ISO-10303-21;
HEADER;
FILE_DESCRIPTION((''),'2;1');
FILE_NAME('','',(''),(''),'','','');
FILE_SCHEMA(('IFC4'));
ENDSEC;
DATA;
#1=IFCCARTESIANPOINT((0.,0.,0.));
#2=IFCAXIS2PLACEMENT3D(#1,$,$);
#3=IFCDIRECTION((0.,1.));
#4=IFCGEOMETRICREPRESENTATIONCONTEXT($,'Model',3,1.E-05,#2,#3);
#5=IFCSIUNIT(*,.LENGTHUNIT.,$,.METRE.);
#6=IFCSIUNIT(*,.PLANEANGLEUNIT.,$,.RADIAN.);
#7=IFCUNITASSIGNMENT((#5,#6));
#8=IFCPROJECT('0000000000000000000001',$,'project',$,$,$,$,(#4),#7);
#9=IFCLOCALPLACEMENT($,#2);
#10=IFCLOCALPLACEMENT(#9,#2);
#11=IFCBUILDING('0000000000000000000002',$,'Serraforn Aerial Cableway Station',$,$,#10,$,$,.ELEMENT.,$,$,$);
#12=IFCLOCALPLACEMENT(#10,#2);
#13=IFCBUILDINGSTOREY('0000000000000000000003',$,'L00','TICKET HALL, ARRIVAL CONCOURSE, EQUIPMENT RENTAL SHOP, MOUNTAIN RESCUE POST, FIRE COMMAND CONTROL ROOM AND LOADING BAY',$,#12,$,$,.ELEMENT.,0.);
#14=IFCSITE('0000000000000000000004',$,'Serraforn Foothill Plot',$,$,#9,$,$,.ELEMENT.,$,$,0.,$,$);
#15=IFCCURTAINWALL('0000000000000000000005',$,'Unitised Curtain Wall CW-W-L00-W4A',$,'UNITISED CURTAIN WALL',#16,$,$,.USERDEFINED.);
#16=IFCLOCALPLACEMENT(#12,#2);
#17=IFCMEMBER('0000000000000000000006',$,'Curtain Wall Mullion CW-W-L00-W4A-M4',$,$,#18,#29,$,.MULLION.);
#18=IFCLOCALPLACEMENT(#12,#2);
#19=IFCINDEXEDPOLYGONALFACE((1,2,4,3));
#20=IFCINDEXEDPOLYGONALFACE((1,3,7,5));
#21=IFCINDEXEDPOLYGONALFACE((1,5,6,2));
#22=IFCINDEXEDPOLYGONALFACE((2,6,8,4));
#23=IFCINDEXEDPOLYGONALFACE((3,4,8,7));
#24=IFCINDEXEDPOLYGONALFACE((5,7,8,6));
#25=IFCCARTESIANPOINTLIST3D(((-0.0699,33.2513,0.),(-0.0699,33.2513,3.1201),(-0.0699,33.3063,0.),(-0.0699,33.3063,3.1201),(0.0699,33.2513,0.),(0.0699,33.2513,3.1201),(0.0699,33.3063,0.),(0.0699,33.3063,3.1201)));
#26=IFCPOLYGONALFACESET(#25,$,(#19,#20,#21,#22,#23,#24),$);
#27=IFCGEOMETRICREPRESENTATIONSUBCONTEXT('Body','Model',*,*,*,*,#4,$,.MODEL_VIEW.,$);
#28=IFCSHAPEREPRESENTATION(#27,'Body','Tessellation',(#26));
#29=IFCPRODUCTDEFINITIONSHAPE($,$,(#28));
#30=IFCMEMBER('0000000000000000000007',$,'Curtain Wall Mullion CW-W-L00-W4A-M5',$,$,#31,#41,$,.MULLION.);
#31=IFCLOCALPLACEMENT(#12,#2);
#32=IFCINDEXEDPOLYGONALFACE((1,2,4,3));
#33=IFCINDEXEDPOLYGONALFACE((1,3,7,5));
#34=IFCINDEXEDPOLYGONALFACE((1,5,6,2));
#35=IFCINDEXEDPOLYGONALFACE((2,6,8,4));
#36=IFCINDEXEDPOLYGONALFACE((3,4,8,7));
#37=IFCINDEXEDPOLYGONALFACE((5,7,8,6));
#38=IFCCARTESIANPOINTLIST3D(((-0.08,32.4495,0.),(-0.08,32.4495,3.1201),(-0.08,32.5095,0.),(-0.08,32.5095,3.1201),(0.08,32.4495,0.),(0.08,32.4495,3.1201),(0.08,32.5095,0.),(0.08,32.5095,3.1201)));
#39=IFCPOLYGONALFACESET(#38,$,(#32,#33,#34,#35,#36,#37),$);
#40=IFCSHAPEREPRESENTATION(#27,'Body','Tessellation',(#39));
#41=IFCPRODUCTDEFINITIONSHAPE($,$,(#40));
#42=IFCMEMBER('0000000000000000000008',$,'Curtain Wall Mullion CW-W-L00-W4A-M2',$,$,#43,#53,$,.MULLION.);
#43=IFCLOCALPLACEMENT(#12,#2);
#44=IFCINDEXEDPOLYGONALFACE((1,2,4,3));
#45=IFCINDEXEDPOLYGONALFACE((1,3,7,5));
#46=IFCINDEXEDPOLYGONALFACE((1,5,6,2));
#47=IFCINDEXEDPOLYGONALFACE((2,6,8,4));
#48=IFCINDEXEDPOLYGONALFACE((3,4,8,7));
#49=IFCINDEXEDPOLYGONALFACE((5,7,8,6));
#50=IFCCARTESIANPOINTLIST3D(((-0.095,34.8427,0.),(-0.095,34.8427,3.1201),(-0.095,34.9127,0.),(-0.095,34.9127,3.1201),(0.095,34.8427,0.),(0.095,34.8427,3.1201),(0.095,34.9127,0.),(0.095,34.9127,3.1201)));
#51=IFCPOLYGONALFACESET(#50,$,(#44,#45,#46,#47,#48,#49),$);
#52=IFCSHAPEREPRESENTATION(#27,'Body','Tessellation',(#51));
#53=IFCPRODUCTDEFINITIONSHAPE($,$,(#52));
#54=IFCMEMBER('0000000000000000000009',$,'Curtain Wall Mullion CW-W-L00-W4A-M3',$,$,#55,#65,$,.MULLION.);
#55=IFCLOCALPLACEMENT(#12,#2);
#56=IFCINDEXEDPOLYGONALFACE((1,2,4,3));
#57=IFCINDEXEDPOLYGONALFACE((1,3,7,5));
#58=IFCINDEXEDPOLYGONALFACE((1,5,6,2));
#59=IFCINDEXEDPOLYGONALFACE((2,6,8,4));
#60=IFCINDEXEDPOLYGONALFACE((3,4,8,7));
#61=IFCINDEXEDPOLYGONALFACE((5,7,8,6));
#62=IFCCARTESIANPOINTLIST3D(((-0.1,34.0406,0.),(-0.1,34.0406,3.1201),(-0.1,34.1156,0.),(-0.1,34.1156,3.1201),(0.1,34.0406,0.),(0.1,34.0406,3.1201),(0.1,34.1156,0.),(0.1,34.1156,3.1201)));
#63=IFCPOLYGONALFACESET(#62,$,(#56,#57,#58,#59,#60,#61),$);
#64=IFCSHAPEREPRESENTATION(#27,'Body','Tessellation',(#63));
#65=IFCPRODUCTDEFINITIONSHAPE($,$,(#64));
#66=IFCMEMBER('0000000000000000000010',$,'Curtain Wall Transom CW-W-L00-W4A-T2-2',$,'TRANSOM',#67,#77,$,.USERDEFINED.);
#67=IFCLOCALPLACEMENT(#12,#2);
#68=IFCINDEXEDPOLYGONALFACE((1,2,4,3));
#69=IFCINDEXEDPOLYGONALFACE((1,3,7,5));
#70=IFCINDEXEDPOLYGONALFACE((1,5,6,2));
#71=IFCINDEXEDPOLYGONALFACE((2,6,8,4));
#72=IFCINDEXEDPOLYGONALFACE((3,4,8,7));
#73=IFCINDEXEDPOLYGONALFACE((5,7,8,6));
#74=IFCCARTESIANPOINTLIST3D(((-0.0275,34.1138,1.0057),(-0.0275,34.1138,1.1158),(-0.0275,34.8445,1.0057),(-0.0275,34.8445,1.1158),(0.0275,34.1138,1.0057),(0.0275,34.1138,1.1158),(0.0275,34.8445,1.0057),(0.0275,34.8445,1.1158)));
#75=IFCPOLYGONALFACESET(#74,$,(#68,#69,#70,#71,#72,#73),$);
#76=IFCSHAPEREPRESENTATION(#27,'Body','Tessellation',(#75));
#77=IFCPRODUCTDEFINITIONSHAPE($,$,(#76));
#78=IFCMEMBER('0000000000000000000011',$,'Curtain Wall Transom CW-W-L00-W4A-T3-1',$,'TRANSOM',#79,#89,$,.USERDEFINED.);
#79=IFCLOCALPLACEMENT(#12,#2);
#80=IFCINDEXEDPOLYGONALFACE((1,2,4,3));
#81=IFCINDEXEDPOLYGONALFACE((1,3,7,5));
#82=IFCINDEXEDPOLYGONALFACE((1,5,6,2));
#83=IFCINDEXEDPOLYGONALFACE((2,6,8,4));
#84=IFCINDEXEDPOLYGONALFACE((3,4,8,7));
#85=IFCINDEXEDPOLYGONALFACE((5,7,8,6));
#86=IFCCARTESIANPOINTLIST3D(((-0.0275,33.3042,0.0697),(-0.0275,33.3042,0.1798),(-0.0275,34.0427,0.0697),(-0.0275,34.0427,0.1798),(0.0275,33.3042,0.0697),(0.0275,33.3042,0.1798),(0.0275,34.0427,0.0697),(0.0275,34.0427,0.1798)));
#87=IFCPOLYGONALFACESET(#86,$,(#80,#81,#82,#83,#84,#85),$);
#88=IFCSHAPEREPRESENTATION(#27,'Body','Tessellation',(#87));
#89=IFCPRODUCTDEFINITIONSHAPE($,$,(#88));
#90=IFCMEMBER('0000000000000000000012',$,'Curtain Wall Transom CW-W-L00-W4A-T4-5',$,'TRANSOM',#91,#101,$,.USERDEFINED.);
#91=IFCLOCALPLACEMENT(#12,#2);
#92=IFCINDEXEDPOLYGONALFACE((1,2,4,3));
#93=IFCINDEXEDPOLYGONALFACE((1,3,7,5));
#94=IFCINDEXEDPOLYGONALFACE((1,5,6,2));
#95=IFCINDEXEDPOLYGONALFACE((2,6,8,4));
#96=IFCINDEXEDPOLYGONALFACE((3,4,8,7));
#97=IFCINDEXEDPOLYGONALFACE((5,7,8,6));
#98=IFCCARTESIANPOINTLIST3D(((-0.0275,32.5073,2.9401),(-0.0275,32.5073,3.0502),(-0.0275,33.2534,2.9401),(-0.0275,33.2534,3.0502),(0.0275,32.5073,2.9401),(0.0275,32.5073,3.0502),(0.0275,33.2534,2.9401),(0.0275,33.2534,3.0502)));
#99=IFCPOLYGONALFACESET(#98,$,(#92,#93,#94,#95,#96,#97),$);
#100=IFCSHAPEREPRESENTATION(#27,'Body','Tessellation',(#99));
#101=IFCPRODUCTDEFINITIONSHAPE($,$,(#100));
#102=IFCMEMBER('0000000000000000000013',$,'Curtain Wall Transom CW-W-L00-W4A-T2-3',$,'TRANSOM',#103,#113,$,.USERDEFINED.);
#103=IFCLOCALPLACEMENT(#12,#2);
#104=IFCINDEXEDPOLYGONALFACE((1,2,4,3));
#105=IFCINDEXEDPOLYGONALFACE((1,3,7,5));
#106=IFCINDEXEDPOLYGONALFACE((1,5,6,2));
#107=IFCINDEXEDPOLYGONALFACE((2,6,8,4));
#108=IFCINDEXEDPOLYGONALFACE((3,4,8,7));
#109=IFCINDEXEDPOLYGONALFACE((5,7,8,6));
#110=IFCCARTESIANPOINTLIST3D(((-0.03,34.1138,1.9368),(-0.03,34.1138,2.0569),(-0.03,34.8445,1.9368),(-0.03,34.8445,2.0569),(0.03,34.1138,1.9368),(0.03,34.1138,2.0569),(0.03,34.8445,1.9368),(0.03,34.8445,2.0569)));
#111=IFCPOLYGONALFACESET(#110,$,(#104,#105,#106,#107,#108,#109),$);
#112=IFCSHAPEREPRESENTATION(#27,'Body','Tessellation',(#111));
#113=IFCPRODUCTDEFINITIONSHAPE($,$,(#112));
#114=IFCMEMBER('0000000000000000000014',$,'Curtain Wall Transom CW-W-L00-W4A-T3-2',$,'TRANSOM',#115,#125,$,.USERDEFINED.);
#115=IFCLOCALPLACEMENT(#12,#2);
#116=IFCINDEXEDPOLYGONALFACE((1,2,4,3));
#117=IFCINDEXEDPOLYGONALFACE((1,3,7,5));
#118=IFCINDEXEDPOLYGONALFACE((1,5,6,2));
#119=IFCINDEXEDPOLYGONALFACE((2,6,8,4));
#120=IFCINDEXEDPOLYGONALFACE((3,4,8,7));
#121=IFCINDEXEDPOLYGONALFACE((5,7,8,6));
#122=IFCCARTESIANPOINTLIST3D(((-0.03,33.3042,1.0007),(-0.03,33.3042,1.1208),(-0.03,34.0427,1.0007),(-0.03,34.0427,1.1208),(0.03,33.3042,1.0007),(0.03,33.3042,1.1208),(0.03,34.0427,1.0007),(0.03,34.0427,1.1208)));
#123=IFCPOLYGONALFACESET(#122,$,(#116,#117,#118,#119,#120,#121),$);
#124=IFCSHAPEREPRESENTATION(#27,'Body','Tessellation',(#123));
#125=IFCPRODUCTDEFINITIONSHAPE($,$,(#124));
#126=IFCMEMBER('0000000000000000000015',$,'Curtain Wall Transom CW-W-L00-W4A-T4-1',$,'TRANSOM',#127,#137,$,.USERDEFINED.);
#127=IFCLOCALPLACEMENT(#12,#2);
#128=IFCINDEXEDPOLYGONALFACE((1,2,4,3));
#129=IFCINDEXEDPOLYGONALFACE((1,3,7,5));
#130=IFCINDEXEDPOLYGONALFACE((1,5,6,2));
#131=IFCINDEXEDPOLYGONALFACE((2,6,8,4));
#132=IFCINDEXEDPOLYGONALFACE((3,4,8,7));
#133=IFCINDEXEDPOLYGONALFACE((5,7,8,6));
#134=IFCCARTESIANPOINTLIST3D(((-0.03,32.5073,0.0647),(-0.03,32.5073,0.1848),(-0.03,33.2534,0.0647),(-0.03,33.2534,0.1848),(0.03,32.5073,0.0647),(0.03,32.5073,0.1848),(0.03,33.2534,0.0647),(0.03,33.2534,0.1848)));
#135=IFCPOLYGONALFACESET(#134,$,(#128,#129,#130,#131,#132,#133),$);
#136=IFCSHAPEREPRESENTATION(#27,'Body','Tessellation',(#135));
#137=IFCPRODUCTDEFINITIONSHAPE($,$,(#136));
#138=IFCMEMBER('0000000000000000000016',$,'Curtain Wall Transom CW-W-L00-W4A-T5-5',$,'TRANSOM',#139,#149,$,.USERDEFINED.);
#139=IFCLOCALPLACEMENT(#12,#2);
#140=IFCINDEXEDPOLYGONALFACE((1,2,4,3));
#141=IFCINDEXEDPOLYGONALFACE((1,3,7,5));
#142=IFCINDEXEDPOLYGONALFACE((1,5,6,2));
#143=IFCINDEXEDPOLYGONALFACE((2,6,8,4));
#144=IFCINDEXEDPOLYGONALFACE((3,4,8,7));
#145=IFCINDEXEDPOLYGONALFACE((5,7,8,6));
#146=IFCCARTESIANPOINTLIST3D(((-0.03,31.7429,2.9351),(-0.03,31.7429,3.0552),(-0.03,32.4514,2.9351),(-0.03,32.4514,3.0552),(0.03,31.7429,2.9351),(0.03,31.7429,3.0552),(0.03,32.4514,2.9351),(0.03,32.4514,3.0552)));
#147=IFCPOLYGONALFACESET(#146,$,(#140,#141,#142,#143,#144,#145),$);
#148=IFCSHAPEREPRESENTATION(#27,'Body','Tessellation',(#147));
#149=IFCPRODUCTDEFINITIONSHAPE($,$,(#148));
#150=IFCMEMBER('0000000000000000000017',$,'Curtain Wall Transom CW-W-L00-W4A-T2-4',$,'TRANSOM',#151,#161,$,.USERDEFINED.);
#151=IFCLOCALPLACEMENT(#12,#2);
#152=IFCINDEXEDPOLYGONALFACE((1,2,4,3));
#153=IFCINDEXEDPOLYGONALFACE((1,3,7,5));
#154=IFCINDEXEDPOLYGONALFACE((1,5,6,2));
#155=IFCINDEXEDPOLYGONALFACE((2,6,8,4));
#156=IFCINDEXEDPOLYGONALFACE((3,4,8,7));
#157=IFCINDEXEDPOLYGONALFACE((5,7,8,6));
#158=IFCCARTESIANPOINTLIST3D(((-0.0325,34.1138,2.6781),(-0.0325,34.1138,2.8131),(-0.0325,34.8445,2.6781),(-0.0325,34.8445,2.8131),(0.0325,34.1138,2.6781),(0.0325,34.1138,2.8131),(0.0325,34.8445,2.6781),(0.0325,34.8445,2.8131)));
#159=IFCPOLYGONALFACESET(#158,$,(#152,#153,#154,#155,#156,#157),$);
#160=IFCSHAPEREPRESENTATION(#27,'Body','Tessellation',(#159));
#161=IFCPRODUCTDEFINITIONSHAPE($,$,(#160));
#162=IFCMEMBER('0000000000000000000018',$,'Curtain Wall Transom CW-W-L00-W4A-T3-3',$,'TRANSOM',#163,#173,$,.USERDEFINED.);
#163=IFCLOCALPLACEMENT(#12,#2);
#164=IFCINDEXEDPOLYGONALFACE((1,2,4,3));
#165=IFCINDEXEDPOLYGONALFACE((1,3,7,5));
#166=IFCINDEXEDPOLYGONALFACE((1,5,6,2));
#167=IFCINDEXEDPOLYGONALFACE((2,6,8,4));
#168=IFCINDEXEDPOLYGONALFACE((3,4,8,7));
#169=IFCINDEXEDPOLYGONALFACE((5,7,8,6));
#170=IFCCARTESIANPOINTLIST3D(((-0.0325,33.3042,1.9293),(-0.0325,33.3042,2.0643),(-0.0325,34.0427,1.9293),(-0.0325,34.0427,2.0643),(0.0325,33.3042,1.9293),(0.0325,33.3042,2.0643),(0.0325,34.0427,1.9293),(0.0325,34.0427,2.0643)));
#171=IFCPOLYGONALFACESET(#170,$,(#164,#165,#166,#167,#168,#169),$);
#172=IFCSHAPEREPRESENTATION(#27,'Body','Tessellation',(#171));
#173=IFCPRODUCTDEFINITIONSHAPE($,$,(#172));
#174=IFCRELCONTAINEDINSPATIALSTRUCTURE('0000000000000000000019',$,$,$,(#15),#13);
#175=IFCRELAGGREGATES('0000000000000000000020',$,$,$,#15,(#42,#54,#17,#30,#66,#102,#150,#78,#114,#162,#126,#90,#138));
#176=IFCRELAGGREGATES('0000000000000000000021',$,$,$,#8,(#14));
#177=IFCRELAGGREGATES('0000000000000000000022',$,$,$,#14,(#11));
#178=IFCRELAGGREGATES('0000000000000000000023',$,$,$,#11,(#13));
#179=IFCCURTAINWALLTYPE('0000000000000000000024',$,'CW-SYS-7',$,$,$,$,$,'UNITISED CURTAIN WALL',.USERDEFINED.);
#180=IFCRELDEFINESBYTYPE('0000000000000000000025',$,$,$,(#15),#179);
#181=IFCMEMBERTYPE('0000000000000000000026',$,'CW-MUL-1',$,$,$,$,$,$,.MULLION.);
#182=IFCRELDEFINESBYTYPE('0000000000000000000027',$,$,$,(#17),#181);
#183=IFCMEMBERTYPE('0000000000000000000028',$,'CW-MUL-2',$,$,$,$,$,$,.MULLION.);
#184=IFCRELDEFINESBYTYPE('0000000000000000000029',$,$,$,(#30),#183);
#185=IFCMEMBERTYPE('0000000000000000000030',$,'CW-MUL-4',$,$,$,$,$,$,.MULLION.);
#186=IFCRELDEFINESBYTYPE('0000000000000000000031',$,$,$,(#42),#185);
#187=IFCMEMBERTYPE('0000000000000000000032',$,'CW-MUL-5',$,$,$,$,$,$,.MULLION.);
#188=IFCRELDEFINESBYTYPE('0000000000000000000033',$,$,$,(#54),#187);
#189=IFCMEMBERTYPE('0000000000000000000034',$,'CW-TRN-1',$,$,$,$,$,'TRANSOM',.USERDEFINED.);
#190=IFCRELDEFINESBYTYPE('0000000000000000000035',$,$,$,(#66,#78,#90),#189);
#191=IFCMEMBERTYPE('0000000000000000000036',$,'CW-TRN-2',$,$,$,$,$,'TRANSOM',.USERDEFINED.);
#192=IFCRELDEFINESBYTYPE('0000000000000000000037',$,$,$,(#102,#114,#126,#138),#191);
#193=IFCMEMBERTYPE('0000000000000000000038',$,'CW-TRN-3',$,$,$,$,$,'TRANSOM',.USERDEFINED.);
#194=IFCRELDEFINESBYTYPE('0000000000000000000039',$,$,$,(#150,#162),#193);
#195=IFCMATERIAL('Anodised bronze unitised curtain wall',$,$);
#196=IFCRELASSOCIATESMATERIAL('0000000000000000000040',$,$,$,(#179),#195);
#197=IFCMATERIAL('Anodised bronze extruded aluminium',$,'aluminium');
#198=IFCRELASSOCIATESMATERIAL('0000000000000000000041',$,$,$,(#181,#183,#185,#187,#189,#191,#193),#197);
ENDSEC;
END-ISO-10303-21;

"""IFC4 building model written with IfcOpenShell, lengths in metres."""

from ifc_helpers import new_model, si_unit, direction, frame, origin, origin_2d, place, context, subcontext, project, spatial, rectangle, extrude, material, material_profile, profile_set, type_object, element, aggregate, save


model = new_model("IFC4")

# Units and contexts
model_context = context("Model", 3, precision=1e-05, world=origin(), true_north=direction((0.0, 1.0)))
body_context = subcontext(model_context, "Body", "Model", "MODEL_VIEW")
ifc_project = project(units=[si_unit("LENGTHUNIT", "METRE"), si_unit("PLANEANGLEUNIT", "RADIAN")], contexts=[model_context])

# Site, building, storey
site_placement = place(None, origin())
site = spatial("IfcSite", under=ifc_project, at=site_placement, Name="Serraforn Foothill Plot", CompositionType="ELEMENT", RefElevation=0.0)
building_placement = place(site_placement, origin())
building = spatial("IfcBuilding", under=site, at=building_placement, Name="Serraforn Aerial Cableway Station", CompositionType="ELEMENT")
storey_placement = place(building_placement, origin())
storey = spatial("IfcBuildingStorey", under=building, at=storey_placement, Name="L00", Description="TICKET HALL, ARRIVAL CONCOURSE, EQUIPMENT RENTAL SHOP, MOUNTAIN RESCUE POST, FIRE COMMAND CONTROL ROOM AND LOADING BAY", CompositionType="ELEMENT", Elevation=0.0)

# Curtain wall, members
ifc_material_1 = material(Name="Anodised bronze unitised curtain wall")
curtain_wall_type = type_object("IfcCurtainWallType", Name="CW-SYS-7", ElementType="UNITISED CURTAIN WALL", PredefinedType="USERDEFINED", material=ifc_material_1)
curtain_wall_placement = place(storey_placement, origin())
curtain_wall = element("IfcCurtainWall", 1, at=curtain_wall_placement, inside=storey, type_object=curtain_wall_type, Name="Unitised Curtain Wall CW-W-L00-W4A", ObjectType="UNITISED CURTAIN WALL", PredefinedType="USERDEFINED")
ifc_material_2 = material(Name="Anodised bronze extruded aluminium", Category="aluminium")
ifc_material_profile_1 = material_profile(ifc_material_2, rectangle(XDim=0.0549, YDim=0.1399, at=origin_2d()), Name="CW MULLION 55x140")
ifc_profile_set_1 = profile_set([ifc_material_profile_1], Name="Anodised bronze extruded aluminium")
member_type_1 = type_object("IfcMemberType", Name="CW-MUL-1", PredefinedType="MULLION", material=ifc_profile_set_1)
member_1_placement = place(storey_placement, frame((0.0, 33.2788, 0.0), z_axis=(0.0, 0.0, 1.0), x_axis=(0.0, -1.0, 0.0)))
member_1 = element("IfcMember", 2, at=member_1_placement, type_object=member_type_1, Name="Curtain Wall Mullion CW-W-L00-W4A-M4", PredefinedType="MULLION", context=body_context, shape_type="SweptSolid", body=[
    extrude(rectangle(XDim=0.0549, YDim=0.1399, at=origin_2d()), origin(), (0.0, 0.0, 1.0), 3.1201),
])
ifc_material_profile_2 = material_profile(ifc_material_2, rectangle(XDim=0.0601, YDim=0.1599, at=origin_2d()), Name="CW MULLION 60x160")
ifc_profile_set_2 = profile_set([ifc_material_profile_2], Name="Anodised bronze extruded aluminium")
member_type_2 = type_object("IfcMemberType", Name="CW-MUL-2", PredefinedType="MULLION", material=ifc_profile_set_2)
member_2_placement = place(storey_placement, frame((0.0, 32.4795, 0.0), z_axis=(0.0, 0.0, 1.0), x_axis=(0.0, -1.0, 0.0)))
member_2 = element("IfcMember", 3, at=member_2_placement, type_object=member_type_2, Name="Curtain Wall Mullion CW-W-L00-W4A-M5", PredefinedType="MULLION", context=body_context, shape_type="SweptSolid", body=[
    extrude(rectangle(XDim=0.0601, YDim=0.1599, at=origin_2d()), origin(), (0.0, 0.0, 1.0), 3.1201),
])
ifc_material_profile_3 = material_profile(ifc_material_2, rectangle(XDim=0.0701, YDim=0.1899, at=origin_2d()), Name="CW MULLION 70x190")
ifc_profile_set_3 = profile_set([ifc_material_profile_3], Name="Anodised bronze extruded aluminium")
member_type_3 = type_object("IfcMemberType", Name="CW-MUL-4", PredefinedType="MULLION", material=ifc_profile_set_3)
member_3_placement = place(storey_placement, frame((0.0, 34.8777, 0.0), z_axis=(0.0, 0.0, 1.0), x_axis=(0.0, -1.0, 0.0)))
member_3 = element("IfcMember", 4, at=member_3_placement, type_object=member_type_3, Name="Curtain Wall Mullion CW-W-L00-W4A-M2", PredefinedType="MULLION", context=body_context, shape_type="SweptSolid", body=[
    extrude(rectangle(XDim=0.0701, YDim=0.1899, at=origin_2d()), origin(), (0.0, 0.0, 1.0), 3.1201),
])
ifc_material_profile_4 = material_profile(ifc_material_2, rectangle(XDim=0.075, YDim=0.2, at=origin_2d()), Name="CW MULLION 75x200")
ifc_profile_set_4 = profile_set([ifc_material_profile_4], Name="Anodised bronze extruded aluminium")
member_type_4 = type_object("IfcMemberType", Name="CW-MUL-5", PredefinedType="MULLION", material=ifc_profile_set_4)
member_4_placement = place(storey_placement, frame((0.0, 34.0781, 0.0), z_axis=(0.0, 0.0, 1.0), x_axis=(0.0, -1.0, 0.0)))
member_4 = element("IfcMember", 5, at=member_4_placement, type_object=member_type_4, Name="Curtain Wall Mullion CW-W-L00-W4A-M3", PredefinedType="MULLION", context=body_context, shape_type="SweptSolid", body=[
    extrude(rectangle(XDim=0.075, YDim=0.2, at=origin_2d()), origin(), (0.0, 0.0, 1.0), 3.1201),
])
ifc_material_profile_5 = material_profile(ifc_material_2, rectangle(XDim=0.0549, YDim=0.1101, at=origin_2d()), Name="CW TRANSOM 55x110")
ifc_profile_set_5 = profile_set([ifc_material_profile_5], Name="Anodised bronze extruded aluminium")
member_type_5 = type_object("IfcMemberType", Name="CW-TRN-1", ElementType="TRANSOM", PredefinedType="USERDEFINED", material=ifc_profile_set_5)
member_5_placement = place(storey_placement, frame((0.0, 34.8445, 1.0608), z_axis=(0.0, -1.0, 0.0), x_axis=(1.0, 0.0, 0.0)))
member_5 = element("IfcMember", 6, at=member_5_placement, type_object=member_type_5, Name="Curtain Wall Transom CW-W-L00-W4A-T2-2", ObjectType="TRANSOM", PredefinedType="USERDEFINED", context=body_context, shape_type="SweptSolid", body=[
    extrude(rectangle(XDim=0.0549, YDim=0.1101, at=origin_2d()), origin(), (0.0, 0.0, 1.0), 0.7307),
])
member_6_placement = place(storey_placement, frame((0.0, 34.0427, 0.1248), z_axis=(0.0, -1.0, 0.0), x_axis=(1.0, 0.0, 0.0)))
member_6 = element("IfcMember", 7, at=member_6_placement, type_object=member_type_5, Name="Curtain Wall Transom CW-W-L00-W4A-T3-1", ObjectType="TRANSOM", PredefinedType="USERDEFINED", context=body_context, shape_type="SweptSolid", body=[
    extrude(rectangle(XDim=0.0549, YDim=0.1101, at=origin_2d()), origin(), (0.0, 0.0, 1.0), 0.7385),
])
member_7_placement = place(storey_placement, frame((0.0, 33.2534, 2.9951), z_axis=(0.0, -1.0, 0.0), x_axis=(1.0, 0.0, 0.0)))
member_7 = element("IfcMember", 8, at=member_7_placement, type_object=member_type_5, Name="Curtain Wall Transom CW-W-L00-W4A-T4-5", ObjectType="TRANSOM", PredefinedType="USERDEFINED", context=body_context, shape_type="SweptSolid", body=[
    extrude(rectangle(XDim=0.0549, YDim=0.1101, at=origin_2d()), origin(), (0.0, 0.0, 1.0), 0.7461),
])
ifc_material_profile_6 = material_profile(ifc_material_2, rectangle(XDim=0.0601, YDim=0.1201, at=origin_2d()), Name="CW TRANSOM 60x120")
ifc_profile_set_6 = profile_set([ifc_material_profile_6], Name="Anodised bronze extruded aluminium")
member_type_6 = type_object("IfcMemberType", Name="CW-TRN-2", ElementType="TRANSOM", PredefinedType="USERDEFINED", material=ifc_profile_set_6)
member_8_placement = place(storey_placement, frame((0.0, 34.8445, 1.9968), z_axis=(0.0, -1.0, 0.0), x_axis=(1.0, 0.0, 0.0)))
member_8 = element("IfcMember", 9, at=member_8_placement, type_object=member_type_6, Name="Curtain Wall Transom CW-W-L00-W4A-T2-3", ObjectType="TRANSOM", PredefinedType="USERDEFINED", context=body_context, shape_type="SweptSolid", body=[
    extrude(rectangle(XDim=0.0601, YDim=0.1201, at=origin_2d()), origin(), (0.0, 0.0, 1.0), 0.7307),
])
member_9_placement = place(storey_placement, frame((0.0, 34.0427, 1.0608), z_axis=(0.0, -1.0, 0.0), x_axis=(1.0, 0.0, 0.0)))
member_9 = element("IfcMember", 10, at=member_9_placement, type_object=member_type_6, Name="Curtain Wall Transom CW-W-L00-W4A-T3-2", ObjectType="TRANSOM", PredefinedType="USERDEFINED", context=body_context, shape_type="SweptSolid", body=[
    extrude(rectangle(XDim=0.0601, YDim=0.1201, at=origin_2d()), origin(), (0.0, 0.0, 1.0), 0.7385),
])
member_10_placement = place(storey_placement, frame((0.0, 33.2534, 0.1248), z_axis=(0.0, -1.0, 0.0), x_axis=(1.0, 0.0, 0.0)))
member_10 = element("IfcMember", 11, at=member_10_placement, type_object=member_type_6, Name="Curtain Wall Transom CW-W-L00-W4A-T4-1", ObjectType="TRANSOM", PredefinedType="USERDEFINED", context=body_context, shape_type="SweptSolid", body=[
    extrude(rectangle(XDim=0.0601, YDim=0.1201, at=origin_2d()), origin(), (0.0, 0.0, 1.0), 0.7461),
])
member_11_placement = place(storey_placement, frame((0.0, 32.4514, 2.9951), z_axis=(0.0, -1.0, 0.0), x_axis=(1.0, 0.0, 0.0)))
member_11 = element("IfcMember", 12, at=member_11_placement, type_object=member_type_6, Name="Curtain Wall Transom CW-W-L00-W4A-T5-5", ObjectType="TRANSOM", PredefinedType="USERDEFINED", context=body_context, shape_type="SweptSolid", body=[
    extrude(rectangle(XDim=0.0601, YDim=0.1201, at=origin_2d()), origin(), (0.0, 0.0, 1.0), 0.7085),
])
ifc_material_profile_7 = material_profile(ifc_material_2, rectangle(XDim=0.0649, YDim=0.135, at=origin_2d()), Name="CW TRANSOM 65x135")
ifc_profile_set_7 = profile_set([ifc_material_profile_7], Name="Anodised bronze extruded aluminium")
member_type_7 = type_object("IfcMemberType", Name="CW-TRN-3", ElementType="TRANSOM", PredefinedType="USERDEFINED", material=ifc_profile_set_7)
member_12_placement = place(storey_placement, frame((0.0, 34.8445, 2.7456), z_axis=(0.0, -1.0, 0.0), x_axis=(1.0, 0.0, 0.0)))
member_12 = element("IfcMember", 13, at=member_12_placement, type_object=member_type_7, Name="Curtain Wall Transom CW-W-L00-W4A-T2-4", ObjectType="TRANSOM", PredefinedType="USERDEFINED", context=body_context, shape_type="SweptSolid", body=[
    extrude(rectangle(XDim=0.0649, YDim=0.135, at=origin_2d()), origin(), (0.0, 0.0, 1.0), 0.7307),
])
member_13_placement = place(storey_placement, frame((0.0, 34.0427, 1.9968), z_axis=(0.0, -1.0, 0.0), x_axis=(1.0, 0.0, 0.0)))
member_13 = element("IfcMember", 14, at=member_13_placement, type_object=member_type_7, Name="Curtain Wall Transom CW-W-L00-W4A-T3-3", ObjectType="TRANSOM", PredefinedType="USERDEFINED", context=body_context, shape_type="SweptSolid", body=[
    extrude(rectangle(XDim=0.0649, YDim=0.135, at=origin_2d()), origin(), (0.0, 0.0, 1.0), 0.7385),
])
aggregate(curtain_wall, [member_3, member_4, member_1, member_2, member_5, member_8, member_12, member_6, member_9, member_13, member_10, member_7, member_11])

save(model, "model.ifc")
